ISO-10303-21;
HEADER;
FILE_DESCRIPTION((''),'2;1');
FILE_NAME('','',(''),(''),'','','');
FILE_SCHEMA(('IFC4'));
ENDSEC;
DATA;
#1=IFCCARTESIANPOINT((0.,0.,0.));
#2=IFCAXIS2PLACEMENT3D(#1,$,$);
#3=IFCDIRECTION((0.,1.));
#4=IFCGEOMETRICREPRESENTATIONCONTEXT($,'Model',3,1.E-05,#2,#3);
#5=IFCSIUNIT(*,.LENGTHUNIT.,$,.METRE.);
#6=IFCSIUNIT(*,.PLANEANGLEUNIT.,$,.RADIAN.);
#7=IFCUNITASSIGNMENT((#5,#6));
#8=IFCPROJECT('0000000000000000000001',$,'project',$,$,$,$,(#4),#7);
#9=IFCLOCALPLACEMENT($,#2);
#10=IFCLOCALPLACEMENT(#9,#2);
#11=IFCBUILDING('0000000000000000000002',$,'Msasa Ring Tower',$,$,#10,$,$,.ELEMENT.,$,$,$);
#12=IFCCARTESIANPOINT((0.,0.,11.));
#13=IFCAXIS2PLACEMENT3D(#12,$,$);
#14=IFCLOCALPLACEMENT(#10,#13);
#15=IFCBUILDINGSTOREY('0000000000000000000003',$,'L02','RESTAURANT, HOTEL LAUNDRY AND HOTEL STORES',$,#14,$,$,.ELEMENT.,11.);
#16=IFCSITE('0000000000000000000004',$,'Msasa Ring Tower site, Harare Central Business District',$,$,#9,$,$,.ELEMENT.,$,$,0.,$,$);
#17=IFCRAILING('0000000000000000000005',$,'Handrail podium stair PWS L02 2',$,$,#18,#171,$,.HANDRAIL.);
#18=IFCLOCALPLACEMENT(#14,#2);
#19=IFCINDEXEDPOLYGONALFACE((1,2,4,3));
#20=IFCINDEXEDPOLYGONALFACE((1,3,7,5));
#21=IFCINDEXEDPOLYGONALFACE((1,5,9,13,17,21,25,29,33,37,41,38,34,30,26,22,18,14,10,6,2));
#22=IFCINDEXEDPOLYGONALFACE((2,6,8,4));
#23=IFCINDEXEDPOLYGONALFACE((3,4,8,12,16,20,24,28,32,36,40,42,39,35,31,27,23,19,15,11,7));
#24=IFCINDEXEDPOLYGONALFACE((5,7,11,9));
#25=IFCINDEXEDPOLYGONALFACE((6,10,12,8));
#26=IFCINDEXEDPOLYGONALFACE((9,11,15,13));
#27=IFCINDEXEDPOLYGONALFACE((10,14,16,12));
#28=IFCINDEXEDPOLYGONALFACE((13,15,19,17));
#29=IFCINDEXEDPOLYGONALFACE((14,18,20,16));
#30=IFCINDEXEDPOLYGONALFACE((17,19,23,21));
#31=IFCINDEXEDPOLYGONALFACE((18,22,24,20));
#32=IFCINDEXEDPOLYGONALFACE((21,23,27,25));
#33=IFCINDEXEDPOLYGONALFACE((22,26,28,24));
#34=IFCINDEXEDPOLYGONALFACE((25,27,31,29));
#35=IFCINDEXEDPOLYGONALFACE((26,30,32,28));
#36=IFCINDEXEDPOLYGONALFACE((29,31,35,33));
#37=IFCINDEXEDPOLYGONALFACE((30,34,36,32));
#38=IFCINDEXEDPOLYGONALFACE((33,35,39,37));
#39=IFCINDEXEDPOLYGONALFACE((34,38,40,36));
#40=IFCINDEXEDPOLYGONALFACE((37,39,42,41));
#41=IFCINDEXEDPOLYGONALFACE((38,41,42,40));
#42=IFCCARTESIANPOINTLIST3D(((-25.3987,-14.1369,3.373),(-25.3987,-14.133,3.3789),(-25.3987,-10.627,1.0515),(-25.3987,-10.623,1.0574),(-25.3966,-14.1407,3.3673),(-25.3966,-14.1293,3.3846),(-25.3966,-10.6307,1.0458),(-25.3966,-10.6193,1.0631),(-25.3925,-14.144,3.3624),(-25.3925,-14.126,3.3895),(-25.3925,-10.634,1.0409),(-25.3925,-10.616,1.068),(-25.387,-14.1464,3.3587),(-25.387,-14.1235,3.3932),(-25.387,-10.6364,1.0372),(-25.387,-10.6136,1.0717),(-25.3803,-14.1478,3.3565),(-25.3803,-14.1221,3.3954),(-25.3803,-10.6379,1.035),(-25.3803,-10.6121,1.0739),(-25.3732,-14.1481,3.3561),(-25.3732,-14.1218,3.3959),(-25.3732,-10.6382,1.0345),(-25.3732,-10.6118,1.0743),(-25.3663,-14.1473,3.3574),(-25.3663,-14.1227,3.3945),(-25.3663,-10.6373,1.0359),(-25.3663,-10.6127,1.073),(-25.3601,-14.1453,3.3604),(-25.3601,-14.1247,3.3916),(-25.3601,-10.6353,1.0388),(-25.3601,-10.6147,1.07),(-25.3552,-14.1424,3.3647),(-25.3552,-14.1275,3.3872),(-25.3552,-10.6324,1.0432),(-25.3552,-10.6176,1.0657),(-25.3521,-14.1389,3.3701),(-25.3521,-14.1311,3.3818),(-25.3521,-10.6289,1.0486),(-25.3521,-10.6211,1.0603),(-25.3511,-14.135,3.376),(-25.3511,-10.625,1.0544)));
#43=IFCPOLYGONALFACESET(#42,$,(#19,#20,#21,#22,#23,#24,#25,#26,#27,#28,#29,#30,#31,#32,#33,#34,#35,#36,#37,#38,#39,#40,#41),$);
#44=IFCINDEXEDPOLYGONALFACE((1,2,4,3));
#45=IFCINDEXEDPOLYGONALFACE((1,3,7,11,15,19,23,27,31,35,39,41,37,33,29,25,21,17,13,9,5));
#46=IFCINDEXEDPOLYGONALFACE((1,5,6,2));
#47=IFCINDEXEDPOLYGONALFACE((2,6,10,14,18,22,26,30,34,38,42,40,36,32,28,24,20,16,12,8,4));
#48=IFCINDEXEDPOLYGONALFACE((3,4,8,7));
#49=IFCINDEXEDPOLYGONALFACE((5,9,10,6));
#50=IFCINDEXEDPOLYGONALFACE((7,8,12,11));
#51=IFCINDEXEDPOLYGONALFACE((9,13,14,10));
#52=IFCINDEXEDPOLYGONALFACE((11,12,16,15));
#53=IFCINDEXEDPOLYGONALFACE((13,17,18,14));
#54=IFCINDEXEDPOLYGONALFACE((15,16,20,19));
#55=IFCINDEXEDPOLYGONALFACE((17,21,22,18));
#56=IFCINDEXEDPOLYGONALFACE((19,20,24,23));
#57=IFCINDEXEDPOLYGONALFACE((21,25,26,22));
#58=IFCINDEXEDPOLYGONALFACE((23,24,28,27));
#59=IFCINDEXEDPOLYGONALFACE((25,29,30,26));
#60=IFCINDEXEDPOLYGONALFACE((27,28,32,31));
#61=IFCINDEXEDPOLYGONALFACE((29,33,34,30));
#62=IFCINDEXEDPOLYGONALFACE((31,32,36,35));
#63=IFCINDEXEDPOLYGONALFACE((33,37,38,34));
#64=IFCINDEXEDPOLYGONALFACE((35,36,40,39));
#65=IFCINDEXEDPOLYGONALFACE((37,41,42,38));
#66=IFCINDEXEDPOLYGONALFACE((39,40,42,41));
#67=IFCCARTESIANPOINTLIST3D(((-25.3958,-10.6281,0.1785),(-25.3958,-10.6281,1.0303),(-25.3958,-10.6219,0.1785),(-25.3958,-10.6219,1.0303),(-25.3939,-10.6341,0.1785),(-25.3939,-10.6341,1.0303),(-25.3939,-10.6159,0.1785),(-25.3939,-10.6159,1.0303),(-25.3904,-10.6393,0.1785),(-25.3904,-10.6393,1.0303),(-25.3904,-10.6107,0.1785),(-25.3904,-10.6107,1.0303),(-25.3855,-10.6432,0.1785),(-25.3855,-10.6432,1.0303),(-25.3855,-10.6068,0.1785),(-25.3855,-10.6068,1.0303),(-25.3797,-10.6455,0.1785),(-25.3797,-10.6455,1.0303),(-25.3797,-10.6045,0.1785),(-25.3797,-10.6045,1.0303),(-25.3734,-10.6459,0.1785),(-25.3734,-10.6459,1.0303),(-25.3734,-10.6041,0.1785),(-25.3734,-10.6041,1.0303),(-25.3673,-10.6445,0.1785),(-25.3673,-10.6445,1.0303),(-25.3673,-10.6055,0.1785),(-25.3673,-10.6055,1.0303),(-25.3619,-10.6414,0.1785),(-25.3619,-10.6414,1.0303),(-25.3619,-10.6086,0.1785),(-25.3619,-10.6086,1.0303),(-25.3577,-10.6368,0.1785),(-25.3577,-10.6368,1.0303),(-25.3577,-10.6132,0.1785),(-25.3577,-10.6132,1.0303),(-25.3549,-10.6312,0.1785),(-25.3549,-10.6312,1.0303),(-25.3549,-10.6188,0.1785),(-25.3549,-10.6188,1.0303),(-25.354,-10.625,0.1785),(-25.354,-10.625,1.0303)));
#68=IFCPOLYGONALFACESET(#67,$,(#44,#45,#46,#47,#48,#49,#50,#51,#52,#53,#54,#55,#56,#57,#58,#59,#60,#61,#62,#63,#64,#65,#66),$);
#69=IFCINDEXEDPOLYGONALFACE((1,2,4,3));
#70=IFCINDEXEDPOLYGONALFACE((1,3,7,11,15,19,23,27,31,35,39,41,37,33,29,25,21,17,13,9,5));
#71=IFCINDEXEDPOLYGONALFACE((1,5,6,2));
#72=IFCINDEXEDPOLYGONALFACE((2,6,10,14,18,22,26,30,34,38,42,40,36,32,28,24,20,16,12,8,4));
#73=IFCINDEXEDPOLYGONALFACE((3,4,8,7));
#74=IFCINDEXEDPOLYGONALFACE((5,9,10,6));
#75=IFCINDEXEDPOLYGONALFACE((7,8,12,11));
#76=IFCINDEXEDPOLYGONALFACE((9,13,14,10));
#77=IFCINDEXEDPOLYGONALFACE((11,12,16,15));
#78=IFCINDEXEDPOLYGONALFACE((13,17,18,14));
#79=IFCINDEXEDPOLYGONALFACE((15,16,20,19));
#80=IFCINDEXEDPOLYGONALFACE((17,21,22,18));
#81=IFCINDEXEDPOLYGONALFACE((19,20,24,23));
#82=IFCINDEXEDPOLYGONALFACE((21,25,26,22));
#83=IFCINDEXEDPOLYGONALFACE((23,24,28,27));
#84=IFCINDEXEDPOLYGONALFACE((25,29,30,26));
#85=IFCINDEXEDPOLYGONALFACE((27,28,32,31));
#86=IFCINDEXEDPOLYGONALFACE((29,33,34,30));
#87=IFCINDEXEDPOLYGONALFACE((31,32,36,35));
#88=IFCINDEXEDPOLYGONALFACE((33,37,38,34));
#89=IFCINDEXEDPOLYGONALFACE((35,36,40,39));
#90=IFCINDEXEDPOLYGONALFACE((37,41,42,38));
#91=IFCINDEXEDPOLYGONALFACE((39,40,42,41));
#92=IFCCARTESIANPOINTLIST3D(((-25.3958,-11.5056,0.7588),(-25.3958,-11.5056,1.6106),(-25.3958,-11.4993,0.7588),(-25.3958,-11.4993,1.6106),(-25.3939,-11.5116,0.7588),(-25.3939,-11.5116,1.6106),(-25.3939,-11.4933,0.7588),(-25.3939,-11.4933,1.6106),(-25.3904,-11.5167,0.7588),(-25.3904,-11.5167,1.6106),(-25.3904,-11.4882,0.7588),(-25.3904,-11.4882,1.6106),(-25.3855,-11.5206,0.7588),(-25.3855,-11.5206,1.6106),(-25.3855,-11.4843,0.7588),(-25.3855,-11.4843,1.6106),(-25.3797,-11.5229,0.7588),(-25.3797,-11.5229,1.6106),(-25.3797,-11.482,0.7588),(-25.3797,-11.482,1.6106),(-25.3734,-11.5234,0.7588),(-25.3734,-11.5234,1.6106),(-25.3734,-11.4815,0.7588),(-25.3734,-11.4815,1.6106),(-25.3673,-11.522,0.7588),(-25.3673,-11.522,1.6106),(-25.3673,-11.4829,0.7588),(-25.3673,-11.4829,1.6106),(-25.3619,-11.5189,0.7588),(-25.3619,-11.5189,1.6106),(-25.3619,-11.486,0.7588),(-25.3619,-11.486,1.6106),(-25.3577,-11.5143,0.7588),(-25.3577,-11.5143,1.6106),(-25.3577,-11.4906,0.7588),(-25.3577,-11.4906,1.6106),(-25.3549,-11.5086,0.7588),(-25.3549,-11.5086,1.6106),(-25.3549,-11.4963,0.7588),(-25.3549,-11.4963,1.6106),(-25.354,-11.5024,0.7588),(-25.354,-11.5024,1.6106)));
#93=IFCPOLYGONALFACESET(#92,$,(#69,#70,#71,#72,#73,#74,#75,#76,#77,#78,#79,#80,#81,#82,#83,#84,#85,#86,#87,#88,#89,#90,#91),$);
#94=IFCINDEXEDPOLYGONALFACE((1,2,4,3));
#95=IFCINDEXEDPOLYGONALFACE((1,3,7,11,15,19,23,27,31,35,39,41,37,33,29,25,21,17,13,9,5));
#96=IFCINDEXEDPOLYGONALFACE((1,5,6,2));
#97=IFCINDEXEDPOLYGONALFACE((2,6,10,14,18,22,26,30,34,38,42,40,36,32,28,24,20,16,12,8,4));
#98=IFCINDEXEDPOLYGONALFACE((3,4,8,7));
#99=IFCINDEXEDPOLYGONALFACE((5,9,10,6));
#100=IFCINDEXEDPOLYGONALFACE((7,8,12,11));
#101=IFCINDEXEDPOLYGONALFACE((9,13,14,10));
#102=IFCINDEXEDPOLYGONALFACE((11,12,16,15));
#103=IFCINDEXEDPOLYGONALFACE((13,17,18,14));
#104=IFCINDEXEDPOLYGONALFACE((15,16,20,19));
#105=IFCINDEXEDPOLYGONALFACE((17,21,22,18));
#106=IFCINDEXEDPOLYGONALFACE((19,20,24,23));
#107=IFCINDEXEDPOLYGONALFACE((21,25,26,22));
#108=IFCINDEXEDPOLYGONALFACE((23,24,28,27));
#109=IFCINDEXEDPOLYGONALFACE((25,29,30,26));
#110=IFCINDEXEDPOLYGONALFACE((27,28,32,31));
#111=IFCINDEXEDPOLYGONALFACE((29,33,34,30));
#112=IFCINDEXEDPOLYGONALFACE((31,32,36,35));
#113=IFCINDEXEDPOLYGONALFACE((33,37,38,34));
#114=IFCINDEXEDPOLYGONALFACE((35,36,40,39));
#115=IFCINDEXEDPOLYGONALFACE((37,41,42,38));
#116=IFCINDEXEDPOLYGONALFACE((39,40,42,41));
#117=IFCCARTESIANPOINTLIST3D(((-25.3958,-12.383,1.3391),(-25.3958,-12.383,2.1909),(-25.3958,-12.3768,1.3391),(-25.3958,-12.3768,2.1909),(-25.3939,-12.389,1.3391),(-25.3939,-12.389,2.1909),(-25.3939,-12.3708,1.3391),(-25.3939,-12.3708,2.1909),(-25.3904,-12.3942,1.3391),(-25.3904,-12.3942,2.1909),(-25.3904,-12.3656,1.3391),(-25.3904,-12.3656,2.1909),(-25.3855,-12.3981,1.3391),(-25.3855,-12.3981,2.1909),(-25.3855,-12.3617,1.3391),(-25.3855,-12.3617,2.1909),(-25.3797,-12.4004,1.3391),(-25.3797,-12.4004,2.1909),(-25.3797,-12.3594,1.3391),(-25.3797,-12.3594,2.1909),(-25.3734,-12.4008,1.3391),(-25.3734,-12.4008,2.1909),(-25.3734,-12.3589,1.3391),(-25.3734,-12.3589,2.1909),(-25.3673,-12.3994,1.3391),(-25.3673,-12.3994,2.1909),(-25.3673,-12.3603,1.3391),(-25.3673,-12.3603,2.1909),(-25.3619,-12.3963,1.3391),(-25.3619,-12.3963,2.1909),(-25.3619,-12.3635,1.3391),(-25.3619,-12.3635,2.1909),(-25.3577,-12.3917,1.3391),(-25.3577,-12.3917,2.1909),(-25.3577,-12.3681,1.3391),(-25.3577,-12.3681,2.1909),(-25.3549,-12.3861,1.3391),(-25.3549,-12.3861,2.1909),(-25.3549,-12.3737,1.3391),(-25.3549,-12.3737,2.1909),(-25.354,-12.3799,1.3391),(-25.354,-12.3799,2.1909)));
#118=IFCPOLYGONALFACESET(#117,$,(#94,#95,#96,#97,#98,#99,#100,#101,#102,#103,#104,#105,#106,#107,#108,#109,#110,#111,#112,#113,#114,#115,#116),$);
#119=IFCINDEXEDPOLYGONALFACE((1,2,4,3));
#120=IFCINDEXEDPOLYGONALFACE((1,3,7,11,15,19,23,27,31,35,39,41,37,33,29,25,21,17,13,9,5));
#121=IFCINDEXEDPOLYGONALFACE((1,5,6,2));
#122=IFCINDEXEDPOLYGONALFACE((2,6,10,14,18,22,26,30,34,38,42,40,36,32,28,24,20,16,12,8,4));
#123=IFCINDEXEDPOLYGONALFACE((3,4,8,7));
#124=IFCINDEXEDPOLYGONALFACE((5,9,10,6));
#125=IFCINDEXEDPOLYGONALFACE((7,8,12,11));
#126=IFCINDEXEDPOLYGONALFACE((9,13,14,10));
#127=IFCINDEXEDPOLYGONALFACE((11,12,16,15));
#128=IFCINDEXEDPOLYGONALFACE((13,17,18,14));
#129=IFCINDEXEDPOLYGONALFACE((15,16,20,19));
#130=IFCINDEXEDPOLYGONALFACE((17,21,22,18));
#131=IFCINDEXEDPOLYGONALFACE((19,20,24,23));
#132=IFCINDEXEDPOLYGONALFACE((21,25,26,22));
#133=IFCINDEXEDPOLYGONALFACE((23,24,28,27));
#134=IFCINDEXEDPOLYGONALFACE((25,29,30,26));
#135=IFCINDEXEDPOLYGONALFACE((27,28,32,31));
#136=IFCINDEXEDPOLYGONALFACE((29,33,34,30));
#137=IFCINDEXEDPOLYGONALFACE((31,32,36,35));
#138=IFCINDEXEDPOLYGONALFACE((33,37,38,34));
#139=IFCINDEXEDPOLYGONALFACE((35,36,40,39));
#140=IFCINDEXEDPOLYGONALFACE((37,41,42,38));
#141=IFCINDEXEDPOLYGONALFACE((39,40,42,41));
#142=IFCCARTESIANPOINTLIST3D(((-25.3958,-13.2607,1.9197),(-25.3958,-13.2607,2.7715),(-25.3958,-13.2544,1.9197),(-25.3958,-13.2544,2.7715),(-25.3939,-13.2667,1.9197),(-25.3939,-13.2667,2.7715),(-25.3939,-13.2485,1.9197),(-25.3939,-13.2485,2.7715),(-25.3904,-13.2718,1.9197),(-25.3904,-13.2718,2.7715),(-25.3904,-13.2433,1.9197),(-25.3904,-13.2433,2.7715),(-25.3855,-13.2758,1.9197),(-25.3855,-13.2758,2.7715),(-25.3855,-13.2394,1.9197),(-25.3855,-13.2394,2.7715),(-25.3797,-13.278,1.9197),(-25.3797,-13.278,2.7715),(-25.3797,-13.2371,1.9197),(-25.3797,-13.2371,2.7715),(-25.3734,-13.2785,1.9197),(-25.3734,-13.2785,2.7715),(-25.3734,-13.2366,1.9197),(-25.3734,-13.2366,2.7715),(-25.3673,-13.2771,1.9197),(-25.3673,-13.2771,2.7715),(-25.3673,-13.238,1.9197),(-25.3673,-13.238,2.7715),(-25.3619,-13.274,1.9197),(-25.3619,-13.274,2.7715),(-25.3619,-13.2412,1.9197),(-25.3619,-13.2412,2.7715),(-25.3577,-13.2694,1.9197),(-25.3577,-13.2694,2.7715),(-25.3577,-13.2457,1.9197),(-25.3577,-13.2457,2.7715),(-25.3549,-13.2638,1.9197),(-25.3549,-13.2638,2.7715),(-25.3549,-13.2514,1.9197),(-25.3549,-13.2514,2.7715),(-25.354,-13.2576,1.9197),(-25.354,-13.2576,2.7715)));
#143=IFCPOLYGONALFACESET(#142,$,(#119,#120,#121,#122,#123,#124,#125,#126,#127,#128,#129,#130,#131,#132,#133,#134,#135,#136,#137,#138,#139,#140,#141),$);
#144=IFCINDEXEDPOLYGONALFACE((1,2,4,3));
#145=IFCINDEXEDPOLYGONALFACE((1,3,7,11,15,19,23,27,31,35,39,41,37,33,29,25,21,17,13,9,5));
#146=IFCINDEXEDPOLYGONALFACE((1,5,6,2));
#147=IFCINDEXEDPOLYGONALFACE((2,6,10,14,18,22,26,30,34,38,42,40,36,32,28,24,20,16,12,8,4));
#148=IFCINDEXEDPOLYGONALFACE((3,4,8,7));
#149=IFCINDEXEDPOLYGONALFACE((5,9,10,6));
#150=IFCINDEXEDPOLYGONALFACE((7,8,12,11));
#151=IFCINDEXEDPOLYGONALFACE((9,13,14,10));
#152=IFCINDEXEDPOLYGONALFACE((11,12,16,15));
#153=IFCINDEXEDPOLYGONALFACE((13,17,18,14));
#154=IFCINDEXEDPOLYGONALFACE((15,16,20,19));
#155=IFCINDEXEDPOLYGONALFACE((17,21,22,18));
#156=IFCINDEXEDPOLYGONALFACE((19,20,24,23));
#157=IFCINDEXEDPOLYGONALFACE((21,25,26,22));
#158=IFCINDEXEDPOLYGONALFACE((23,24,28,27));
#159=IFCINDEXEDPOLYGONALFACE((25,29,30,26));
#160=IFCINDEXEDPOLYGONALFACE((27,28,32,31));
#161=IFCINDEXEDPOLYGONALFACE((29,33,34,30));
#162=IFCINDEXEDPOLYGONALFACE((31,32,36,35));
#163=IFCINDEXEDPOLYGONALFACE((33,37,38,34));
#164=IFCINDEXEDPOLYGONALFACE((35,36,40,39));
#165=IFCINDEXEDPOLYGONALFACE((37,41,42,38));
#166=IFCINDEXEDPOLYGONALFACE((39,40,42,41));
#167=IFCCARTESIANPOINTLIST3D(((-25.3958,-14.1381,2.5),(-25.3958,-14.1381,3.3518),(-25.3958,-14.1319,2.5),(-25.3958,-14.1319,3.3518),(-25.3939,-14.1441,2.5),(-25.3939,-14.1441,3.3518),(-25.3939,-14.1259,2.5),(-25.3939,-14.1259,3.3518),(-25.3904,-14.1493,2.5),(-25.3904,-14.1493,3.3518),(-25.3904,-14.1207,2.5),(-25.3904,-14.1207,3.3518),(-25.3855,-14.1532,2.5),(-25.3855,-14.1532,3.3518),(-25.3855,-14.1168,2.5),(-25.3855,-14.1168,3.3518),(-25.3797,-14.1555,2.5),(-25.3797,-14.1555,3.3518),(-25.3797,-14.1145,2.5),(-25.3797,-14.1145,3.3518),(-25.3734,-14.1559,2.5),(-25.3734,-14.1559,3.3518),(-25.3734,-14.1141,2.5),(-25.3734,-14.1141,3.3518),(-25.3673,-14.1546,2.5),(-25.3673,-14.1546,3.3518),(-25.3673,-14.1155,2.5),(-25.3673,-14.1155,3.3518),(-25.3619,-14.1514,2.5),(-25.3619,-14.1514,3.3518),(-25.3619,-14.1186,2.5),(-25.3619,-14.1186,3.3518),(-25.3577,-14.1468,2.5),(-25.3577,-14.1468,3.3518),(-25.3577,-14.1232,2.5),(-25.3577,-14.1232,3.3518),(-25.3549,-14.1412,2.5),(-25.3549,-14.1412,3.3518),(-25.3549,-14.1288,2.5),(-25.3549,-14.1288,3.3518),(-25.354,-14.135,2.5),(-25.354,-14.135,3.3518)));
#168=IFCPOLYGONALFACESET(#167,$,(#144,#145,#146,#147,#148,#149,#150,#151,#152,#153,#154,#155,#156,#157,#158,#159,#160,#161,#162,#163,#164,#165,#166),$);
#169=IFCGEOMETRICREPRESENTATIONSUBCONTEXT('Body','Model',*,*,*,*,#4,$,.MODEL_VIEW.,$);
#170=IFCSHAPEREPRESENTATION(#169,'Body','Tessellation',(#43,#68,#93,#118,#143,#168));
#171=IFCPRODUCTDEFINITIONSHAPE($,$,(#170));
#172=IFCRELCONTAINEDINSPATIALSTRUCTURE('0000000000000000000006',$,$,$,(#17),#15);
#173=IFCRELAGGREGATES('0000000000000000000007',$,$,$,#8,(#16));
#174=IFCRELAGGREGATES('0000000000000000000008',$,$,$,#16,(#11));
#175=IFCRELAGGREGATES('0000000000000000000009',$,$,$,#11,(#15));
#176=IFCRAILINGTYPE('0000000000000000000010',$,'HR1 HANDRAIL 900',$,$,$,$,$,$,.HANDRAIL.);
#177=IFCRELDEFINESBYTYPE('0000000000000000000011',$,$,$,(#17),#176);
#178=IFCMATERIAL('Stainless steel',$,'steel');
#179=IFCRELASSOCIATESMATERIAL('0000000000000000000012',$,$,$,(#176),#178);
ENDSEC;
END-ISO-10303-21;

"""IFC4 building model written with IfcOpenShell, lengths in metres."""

from ifc_helpers import new_model, si_unit, direction, frame, origin, origin_2d, place, context, subcontext, project, spatial, circle, extrude, material, type_object, element, save


model = new_model("IFC4")

# Units and contexts
model_context = context("Model", 3, precision=1e-05, world=origin(), true_north=direction((0.0, 1.0)))
body_context = subcontext(model_context, "Body", "Model", "MODEL_VIEW")
ifc_project = project(units=[si_unit("LENGTHUNIT", "METRE"), si_unit("PLANEANGLEUNIT", "RADIAN")], contexts=[model_context])

# Site, building, storey
site_placement = place(None, origin())
site = spatial("IfcSite", under=ifc_project, at=site_placement, Name="Msasa Ring Tower site, Harare Central Business District", CompositionType="ELEMENT", RefElevation=0.0)
building_placement = place(site_placement, origin())
building = spatial("IfcBuilding", under=site, at=building_placement, Name="Msasa Ring Tower", CompositionType="ELEMENT")
storey_placement = place(building_placement, frame((0.0, 0.0, 11.0)))
storey = spatial("IfcBuildingStorey", under=building, at=storey_placement, Name="L02", Description="RESTAURANT, HOTEL LAUNDRY AND HOTEL STORES", CompositionType="ELEMENT", Elevation=11.0)

# Railing
ifc_material_1 = material(Name="Stainless steel", Category="steel")
railing_type = type_object("IfcRailingType", Name="HR1 HANDRAIL 900", PredefinedType="HANDRAIL", material=ifc_material_1)
for number, where, name in (
    (1, (-25.375, -10.625, 0.1785), "Handrail podium stair PWS L02 2"),
):
    element("IfcRailing", number, at=place(storey_placement, frame(where)), inside=storey, type_object=railing_type, Name=name, PredefinedType="HANDRAIL", context=body_context, shape_type="SweptSolid", body=[
        extrude(circle(Radius=0.0239, at=origin_2d()), frame((0.0, 0.0, 0.876), z_axis=(0.0, -0.834071, 0.551657), x_axis=(1.0, 0.0, 0.0)), (0.0, 0.0, 1.0), 4.2083),
        extrude(circle(Radius=0.021, at=origin_2d()), origin(), (0.0, 0.0, 1.0), 0.8518),
        extrude(circle(Radius=0.021, at=origin_2d()), frame((0.0, -0.8774, 0.5803)), (0.0, 0.0, 1.0), 0.8518),
        extrude(circle(Radius=0.021, at=origin_2d()), frame((0.0, -1.7549, 1.1606)), (0.0, 0.0, 1.0), 0.8518),
        extrude(circle(Radius=0.021, at=origin_2d()), frame((0.0, -2.6326, 1.7412)), (0.0, 0.0, 1.0), 0.8518),
        extrude(circle(Radius=0.021, at=origin_2d()), frame((0.0, -3.51, 2.3215)), (0.0, 0.0, 1.0), 0.8518),
    ])

save(model, "model.ifc")
